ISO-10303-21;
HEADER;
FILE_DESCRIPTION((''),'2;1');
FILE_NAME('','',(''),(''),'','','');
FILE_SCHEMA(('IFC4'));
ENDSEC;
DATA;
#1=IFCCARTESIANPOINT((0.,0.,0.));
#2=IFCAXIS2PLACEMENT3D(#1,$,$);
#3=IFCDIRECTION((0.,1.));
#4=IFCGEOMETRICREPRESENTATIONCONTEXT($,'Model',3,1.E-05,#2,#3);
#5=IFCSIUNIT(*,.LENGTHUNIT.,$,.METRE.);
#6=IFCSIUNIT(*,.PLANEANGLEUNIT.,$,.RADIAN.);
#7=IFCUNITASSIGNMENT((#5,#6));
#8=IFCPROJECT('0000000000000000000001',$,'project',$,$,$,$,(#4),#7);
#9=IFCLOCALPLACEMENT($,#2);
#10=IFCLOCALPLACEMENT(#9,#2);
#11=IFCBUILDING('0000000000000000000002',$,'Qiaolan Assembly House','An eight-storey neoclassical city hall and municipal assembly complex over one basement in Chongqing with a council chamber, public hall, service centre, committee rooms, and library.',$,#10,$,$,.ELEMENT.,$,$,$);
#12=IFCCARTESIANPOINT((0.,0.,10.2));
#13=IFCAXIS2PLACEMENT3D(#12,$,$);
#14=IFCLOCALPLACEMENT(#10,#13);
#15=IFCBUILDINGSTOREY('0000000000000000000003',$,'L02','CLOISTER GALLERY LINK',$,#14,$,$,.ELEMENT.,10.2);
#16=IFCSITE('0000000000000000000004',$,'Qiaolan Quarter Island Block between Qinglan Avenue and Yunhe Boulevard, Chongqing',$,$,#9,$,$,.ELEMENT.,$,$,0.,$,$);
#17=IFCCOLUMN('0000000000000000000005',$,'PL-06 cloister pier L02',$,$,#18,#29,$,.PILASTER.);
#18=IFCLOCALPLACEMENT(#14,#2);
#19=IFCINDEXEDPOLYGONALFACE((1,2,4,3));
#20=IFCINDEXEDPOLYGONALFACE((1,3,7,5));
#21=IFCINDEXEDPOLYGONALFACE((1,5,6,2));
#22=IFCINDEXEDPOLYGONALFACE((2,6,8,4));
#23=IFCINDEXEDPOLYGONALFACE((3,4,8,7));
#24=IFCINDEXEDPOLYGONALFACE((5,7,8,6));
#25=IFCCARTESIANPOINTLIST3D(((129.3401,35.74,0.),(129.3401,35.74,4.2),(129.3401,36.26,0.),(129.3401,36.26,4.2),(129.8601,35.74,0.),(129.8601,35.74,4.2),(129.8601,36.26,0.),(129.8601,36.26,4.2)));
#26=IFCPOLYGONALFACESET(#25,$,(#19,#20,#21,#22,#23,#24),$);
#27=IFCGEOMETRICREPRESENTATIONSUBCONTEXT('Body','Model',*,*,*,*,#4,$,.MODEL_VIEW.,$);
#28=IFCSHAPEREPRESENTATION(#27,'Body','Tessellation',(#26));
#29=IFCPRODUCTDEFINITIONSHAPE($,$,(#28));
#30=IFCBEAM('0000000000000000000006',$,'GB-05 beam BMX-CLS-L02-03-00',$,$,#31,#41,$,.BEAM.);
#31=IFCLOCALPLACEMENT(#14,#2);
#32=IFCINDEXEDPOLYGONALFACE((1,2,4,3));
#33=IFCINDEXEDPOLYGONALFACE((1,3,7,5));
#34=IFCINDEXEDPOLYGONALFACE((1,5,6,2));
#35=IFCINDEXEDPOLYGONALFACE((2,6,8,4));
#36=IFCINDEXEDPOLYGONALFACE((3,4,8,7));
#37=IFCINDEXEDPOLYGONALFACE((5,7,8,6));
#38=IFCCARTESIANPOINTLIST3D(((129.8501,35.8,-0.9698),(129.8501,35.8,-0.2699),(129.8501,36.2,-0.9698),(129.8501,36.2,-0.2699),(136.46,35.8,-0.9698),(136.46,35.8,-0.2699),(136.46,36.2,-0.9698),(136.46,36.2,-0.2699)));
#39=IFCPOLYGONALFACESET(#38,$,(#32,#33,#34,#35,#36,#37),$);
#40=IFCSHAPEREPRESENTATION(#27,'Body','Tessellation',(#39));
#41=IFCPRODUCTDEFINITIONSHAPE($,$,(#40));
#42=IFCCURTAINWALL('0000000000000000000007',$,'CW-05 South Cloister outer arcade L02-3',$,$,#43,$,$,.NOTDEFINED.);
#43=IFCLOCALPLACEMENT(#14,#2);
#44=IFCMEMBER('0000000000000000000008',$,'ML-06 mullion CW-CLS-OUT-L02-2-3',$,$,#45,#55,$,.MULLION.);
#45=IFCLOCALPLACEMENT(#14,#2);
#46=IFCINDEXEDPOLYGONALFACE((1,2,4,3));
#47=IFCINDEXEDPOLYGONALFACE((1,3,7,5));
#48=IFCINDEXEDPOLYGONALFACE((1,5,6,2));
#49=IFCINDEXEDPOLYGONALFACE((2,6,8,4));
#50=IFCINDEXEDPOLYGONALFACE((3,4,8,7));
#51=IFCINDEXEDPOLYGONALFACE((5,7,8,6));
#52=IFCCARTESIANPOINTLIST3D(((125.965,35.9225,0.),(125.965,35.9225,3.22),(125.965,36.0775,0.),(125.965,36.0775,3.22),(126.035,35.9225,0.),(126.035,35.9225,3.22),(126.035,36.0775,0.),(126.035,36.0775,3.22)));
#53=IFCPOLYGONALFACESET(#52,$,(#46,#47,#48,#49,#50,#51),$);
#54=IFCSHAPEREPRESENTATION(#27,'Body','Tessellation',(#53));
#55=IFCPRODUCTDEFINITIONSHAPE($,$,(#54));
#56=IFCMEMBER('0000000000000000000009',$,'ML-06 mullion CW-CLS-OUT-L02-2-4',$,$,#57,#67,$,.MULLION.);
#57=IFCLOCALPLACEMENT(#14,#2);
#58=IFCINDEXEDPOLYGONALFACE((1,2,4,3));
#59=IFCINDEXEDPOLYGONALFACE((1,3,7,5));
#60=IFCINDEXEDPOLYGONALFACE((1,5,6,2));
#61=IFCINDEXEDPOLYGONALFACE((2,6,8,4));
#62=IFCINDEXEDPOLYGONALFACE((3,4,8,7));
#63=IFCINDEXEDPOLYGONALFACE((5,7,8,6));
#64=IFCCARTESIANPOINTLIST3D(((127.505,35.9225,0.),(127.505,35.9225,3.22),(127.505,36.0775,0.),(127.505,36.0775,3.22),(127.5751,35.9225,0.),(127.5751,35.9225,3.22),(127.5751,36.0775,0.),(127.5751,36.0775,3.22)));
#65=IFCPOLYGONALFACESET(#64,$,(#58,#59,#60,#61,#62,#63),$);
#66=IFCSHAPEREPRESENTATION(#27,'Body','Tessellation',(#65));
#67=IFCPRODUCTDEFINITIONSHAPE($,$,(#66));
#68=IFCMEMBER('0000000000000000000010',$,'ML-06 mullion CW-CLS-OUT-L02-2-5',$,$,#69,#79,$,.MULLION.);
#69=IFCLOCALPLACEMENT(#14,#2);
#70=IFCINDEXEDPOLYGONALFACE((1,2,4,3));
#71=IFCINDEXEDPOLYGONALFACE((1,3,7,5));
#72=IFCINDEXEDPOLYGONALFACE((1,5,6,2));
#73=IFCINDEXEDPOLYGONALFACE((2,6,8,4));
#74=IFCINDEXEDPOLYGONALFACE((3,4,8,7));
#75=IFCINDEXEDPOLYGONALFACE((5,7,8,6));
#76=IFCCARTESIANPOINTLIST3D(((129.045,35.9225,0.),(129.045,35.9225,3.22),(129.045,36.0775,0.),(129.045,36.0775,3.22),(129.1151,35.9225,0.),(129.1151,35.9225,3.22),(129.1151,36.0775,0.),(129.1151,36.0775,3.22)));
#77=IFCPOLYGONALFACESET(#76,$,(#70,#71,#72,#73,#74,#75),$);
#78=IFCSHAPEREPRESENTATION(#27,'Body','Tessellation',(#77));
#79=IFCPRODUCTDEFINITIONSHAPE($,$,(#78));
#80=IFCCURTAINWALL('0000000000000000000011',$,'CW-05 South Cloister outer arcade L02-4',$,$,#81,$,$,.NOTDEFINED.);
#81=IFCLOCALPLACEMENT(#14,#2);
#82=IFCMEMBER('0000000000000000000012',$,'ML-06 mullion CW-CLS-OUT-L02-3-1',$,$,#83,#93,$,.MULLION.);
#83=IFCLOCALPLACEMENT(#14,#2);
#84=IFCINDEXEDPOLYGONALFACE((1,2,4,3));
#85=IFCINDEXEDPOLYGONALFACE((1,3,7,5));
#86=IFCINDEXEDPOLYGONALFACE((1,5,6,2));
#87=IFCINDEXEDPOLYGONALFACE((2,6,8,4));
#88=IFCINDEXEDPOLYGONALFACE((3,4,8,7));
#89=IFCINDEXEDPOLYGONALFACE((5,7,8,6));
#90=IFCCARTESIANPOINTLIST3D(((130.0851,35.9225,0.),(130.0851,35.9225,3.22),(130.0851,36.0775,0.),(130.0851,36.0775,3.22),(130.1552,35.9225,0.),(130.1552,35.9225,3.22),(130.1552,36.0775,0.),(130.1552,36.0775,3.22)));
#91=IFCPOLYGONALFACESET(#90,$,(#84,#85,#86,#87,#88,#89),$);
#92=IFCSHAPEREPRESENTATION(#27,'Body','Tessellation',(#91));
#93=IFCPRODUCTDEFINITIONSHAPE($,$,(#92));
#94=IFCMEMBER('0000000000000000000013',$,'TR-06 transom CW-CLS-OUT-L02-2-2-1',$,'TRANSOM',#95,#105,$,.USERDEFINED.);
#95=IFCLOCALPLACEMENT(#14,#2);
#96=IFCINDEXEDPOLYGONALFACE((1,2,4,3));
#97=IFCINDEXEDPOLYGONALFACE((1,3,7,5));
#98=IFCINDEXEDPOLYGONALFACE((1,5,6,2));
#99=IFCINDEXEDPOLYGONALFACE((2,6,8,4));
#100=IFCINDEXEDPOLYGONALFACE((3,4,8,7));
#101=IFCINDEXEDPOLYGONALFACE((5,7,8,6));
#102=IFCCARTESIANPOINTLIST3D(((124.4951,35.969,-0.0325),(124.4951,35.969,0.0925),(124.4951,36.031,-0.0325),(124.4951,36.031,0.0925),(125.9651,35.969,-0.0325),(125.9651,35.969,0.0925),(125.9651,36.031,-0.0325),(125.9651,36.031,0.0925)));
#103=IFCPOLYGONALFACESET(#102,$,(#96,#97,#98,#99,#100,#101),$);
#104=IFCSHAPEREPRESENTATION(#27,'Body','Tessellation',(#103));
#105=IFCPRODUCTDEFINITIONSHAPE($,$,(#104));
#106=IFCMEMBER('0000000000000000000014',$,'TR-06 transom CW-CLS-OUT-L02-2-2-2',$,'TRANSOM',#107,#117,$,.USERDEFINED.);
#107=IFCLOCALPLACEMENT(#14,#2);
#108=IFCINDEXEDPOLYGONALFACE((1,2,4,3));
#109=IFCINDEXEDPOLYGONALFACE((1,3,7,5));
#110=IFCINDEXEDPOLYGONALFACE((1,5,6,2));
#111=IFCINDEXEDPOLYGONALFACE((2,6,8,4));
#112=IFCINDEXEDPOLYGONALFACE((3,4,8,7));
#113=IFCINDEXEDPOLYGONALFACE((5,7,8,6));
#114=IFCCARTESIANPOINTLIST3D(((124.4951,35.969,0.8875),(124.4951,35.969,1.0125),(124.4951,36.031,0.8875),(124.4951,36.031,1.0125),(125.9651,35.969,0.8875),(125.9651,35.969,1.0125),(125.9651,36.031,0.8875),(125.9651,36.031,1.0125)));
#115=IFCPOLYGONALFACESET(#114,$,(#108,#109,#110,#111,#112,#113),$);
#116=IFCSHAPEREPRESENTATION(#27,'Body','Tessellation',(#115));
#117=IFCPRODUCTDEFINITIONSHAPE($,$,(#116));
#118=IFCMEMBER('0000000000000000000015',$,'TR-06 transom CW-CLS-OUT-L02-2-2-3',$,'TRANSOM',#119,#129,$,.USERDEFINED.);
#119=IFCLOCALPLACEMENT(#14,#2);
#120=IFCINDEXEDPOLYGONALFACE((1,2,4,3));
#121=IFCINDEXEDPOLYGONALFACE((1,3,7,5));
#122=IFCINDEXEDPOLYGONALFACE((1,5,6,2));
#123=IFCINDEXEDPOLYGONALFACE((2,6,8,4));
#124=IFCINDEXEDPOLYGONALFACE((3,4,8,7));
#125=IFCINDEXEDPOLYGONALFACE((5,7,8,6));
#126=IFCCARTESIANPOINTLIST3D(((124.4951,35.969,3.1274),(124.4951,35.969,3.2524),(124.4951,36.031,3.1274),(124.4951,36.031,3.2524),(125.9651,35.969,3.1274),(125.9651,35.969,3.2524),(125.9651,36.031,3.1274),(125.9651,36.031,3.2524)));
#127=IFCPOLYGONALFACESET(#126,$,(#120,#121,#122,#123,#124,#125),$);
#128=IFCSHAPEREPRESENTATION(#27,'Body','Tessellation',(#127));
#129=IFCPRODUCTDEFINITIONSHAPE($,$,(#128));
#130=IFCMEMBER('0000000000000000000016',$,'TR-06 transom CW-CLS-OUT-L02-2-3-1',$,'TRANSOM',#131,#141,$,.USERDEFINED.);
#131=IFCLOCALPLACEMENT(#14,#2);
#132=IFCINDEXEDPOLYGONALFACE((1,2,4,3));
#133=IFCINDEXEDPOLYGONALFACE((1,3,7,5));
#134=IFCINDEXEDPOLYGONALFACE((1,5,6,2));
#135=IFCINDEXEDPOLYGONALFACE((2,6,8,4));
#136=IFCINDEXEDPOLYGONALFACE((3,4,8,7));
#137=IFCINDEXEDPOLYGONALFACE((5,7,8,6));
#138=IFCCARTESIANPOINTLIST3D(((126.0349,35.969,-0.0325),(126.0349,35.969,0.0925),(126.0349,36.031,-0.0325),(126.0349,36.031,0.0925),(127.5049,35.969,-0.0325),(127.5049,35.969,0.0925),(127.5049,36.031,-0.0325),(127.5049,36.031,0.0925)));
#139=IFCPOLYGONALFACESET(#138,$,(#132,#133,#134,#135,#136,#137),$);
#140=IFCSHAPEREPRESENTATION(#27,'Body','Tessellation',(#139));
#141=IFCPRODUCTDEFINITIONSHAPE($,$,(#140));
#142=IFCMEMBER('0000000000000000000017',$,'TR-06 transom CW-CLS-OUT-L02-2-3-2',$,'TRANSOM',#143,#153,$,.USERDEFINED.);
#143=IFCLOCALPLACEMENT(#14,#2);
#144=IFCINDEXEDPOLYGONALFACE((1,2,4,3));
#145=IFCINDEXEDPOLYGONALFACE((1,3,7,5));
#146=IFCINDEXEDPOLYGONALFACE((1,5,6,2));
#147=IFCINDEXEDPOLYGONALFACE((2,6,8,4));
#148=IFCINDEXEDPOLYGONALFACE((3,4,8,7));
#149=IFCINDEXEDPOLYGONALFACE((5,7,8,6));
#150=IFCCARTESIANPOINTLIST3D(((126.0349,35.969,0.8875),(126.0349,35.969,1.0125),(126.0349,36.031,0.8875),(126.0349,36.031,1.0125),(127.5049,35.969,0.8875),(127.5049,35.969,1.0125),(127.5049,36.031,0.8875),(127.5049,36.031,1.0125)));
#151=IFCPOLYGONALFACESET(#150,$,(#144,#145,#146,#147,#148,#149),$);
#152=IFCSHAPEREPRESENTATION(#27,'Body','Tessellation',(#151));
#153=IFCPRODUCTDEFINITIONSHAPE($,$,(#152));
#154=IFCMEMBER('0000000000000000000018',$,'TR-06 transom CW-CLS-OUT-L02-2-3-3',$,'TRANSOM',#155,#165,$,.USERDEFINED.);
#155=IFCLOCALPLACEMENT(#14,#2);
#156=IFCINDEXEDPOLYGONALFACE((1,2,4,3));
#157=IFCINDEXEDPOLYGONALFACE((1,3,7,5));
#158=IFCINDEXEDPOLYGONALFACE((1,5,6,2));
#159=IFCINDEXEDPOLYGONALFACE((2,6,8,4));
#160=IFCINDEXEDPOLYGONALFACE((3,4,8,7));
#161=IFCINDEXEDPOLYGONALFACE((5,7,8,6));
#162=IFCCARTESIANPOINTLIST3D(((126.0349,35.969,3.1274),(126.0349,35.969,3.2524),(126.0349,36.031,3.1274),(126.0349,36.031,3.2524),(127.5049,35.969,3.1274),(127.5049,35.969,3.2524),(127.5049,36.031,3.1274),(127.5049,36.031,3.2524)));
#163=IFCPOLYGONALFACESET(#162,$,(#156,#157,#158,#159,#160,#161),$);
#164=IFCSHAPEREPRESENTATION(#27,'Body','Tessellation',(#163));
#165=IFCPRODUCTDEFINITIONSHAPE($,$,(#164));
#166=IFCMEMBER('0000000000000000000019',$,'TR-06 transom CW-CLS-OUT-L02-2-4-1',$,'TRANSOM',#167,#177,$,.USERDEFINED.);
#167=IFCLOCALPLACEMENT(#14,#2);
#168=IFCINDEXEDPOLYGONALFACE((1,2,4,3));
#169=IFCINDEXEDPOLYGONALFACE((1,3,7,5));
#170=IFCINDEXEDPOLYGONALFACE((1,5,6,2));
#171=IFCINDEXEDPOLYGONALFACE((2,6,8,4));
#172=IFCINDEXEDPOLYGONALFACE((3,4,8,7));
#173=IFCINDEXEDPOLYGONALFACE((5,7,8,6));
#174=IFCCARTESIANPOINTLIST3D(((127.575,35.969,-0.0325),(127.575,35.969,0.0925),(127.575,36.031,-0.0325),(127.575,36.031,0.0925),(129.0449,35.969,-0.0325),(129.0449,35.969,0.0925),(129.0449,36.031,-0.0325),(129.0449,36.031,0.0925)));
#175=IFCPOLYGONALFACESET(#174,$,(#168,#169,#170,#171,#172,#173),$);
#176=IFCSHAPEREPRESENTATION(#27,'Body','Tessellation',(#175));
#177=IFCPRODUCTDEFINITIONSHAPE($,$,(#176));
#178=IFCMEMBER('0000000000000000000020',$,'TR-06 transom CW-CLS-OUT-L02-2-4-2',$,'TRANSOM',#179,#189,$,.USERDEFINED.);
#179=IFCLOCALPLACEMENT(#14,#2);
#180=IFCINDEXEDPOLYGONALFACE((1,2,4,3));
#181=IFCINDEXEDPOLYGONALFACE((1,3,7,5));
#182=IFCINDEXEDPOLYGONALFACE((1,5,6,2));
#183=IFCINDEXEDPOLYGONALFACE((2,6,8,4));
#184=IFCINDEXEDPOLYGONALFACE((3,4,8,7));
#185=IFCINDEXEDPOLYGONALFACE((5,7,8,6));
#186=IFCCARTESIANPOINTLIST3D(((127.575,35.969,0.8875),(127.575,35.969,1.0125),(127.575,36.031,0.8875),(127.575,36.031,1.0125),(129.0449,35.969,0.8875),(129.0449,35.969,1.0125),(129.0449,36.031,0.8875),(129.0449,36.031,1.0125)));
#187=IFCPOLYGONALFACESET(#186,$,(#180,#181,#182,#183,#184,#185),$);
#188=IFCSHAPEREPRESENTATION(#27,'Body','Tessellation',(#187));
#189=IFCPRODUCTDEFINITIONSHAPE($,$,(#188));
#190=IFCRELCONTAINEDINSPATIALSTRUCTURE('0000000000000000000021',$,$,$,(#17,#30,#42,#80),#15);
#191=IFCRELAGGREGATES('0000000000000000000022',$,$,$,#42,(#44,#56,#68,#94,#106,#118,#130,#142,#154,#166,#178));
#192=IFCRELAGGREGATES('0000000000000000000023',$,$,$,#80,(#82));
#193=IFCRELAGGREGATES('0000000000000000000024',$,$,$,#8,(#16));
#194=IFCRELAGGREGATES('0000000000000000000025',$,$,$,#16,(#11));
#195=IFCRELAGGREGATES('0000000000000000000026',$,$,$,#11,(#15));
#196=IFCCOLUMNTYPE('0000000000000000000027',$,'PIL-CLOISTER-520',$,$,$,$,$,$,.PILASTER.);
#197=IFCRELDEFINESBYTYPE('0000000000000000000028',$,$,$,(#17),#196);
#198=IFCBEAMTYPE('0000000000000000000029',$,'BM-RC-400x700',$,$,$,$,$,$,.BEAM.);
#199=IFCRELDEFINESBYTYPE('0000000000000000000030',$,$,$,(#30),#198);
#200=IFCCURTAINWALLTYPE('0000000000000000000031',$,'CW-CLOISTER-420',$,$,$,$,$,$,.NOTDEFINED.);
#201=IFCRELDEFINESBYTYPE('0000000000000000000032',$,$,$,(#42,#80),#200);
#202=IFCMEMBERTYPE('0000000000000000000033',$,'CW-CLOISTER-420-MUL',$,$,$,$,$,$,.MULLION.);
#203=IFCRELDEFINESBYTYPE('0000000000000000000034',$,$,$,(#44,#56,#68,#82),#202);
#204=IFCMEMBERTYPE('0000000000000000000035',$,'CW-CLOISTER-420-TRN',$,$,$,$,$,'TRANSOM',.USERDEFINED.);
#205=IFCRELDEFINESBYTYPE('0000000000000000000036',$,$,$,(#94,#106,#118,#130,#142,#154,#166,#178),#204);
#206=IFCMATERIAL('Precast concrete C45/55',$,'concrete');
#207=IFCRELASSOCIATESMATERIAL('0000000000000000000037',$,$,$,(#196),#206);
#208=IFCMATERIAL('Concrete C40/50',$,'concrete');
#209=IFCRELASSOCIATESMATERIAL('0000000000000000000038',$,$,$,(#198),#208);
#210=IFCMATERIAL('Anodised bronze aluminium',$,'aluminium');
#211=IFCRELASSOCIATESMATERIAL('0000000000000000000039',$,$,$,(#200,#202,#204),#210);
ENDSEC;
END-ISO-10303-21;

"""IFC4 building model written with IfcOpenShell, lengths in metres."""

from ifc_helpers import new_model, si_unit, direction, frame, origin, origin_2d, place, context, subcontext, project, spatial, rectangle, extrude, material, material_profile, profile_set, type_object, element, aggregate, save


model = new_model("IFC4")

# Units and contexts
model_context = context("Model", 3, precision=1e-05, world=origin(), true_north=direction((0.0, 1.0)))
body_context = subcontext(model_context, "Body", "Model", "MODEL_VIEW")
ifc_project = project(units=[si_unit("LENGTHUNIT", "METRE"), si_unit("PLANEANGLEUNIT", "RADIAN")], contexts=[model_context])

# Site, building, storey
site_placement = place(None, origin())
site = spatial("IfcSite", under=ifc_project, at=site_placement, Name="Qiaolan Quarter Island Block between Qinglan Avenue and Yunhe Boulevard, Chongqing", CompositionType="ELEMENT", RefElevation=0.0)
building_placement = place(site_placement, origin())
building = spatial("IfcBuilding", under=site, at=building_placement, Name="Qiaolan Assembly House", Description="An eight-storey neoclassical city hall and municipal assembly complex over one basement in Chongqing with a council chamber, public hall, service centre, committee rooms, and library.", CompositionType="ELEMENT")
storey_placement = place(building_placement, frame((0.0, 0.0, 10.2)))
storey = spatial("IfcBuildingStorey", under=building, at=storey_placement, Name="L02", Description="CLOISTER GALLERY LINK", CompositionType="ELEMENT", Elevation=10.2)

# Column
ifc_material_1 = material(Name="Precast concrete C45/55", Category="concrete")
ifc_material_profile_1 = material_profile(ifc_material_1, rectangle(XDim=0.52, YDim=0.52, at=origin_2d()), Name="PIL 520x520")
ifc_profile_set_1 = profile_set([ifc_material_profile_1], Name="Precast concrete C45/55")
column_type = type_object("IfcColumnType", Name="PIL-CLOISTER-520", PredefinedType="PILASTER", material=ifc_profile_set_1)
column_placement = place(storey_placement, frame((129.6001, 36.0, 0.0), z_axis=(0.0, 0.0, 1.0), x_axis=(1.0, 0.0, 0.0)))
element("IfcColumn", 1, at=column_placement, inside=storey, type_object=column_type, Name="PL-06 cloister pier L02", PredefinedType="PILASTER", context=body_context, shape_type="SweptSolid", body=[
    extrude(rectangle(XDim=0.52, YDim=0.52, at=origin_2d()), origin(), (0.0, 0.0, 1.0), 4.2),
])

# Beam
ifc_material_2 = material(Name="Concrete C40/50", Category="concrete")
ifc_material_profile_2 = material_profile(ifc_material_2, rectangle(XDim=0.3999, YDim=0.7, at=origin_2d()), Name="RCB 400x700")
ifc_profile_set_2 = profile_set([ifc_material_profile_2], Name="Concrete C40/50")
beam_type_1 = type_object("IfcBeamType", Name="BM-RC-400x700", PredefinedType="BEAM", material=ifc_profile_set_2)
beam_placement = place(storey_placement, frame((129.8501, 36.0, -0.6199), z_axis=(1.0, 0.0, 0.0), x_axis=(0.0, 1.0, 0.0)))
element("IfcBeam", 2, at=beam_placement, inside=storey, type_object=beam_type_1, Name="GB-05 beam BMX-CLS-L02-03-00", PredefinedType="BEAM", context=body_context, shape_type="SweptSolid", body=[
    extrude(rectangle(XDim=0.3999, YDim=0.7, at=origin_2d()), origin(), (0.0, 0.0, 1.0), 6.6099),
])

# Curtain wall, members
ifc_material_3 = material(Name="Anodised bronze aluminium", Category="aluminium")
curtain_wall_type = type_object("IfcCurtainWallType", Name="CW-CLOISTER-420", PredefinedType="NOTDEFINED", material=ifc_material_3)
curtain_wall_1_placement = place(storey_placement, origin())
curtain_wall_1 = element("IfcCurtainWall", 3, at=curtain_wall_1_placement, inside=storey, type_object=curtain_wall_type, Name="CW-05 South Cloister outer arcade L02-3", PredefinedType="NOTDEFINED")
ifc_material_profile_3 = material_profile(ifc_material_3, rectangle(XDim=0.0701, YDim=0.155, at=origin_2d()), Name="MUL 70x155")
ifc_profile_set_3 = profile_set([ifc_material_profile_3], Name="Anodised bronze aluminium")
member_type_1 = type_object("IfcMemberType", Name="CW-CLOISTER-420-MUL", PredefinedType="MULLION", material=ifc_profile_set_3)
member_1_placement = place(storey_placement, frame((126.0, 36.0, 0.0), z_axis=(0.0, 0.0, 1.0), x_axis=(1.0, 0.0, 0.0)))
member_1 = element("IfcMember", 4, at=member_1_placement, type_object=member_type_1, Name="ML-06 mullion CW-CLS-OUT-L02-2-3", PredefinedType="MULLION", context=body_context, shape_type="SweptSolid", body=[
    extrude(rectangle(XDim=0.0701, YDim=0.155, at=origin_2d()), origin(), (0.0, 0.0, 1.0), 3.22),
])
member_2_placement = place(storey_placement, frame((127.54, 36.0, 0.0), z_axis=(0.0, 0.0, 1.0), x_axis=(1.0, 0.0, 0.0)))
member_2 = element("IfcMember", 5, at=member_2_placement, type_object=member_type_1, Name="ML-06 mullion CW-CLS-OUT-L02-2-4", PredefinedType="MULLION", context=body_context, shape_type="SweptSolid", body=[
    extrude(rectangle(XDim=0.0701, YDim=0.155, at=origin_2d()), origin(), (0.0, 0.0, 1.0), 3.22),
])
member_3_placement = place(storey_placement, frame((129.0801, 36.0, 0.0), z_axis=(0.0, 0.0, 1.0), x_axis=(1.0, 0.0, 0.0)))
member_3 = element("IfcMember", 6, at=member_3_placement, type_object=member_type_1, Name="ML-06 mullion CW-CLS-OUT-L02-2-5", PredefinedType="MULLION", context=body_context, shape_type="SweptSolid", body=[
    extrude(rectangle(XDim=0.0701, YDim=0.155, at=origin_2d()), origin(), (0.0, 0.0, 1.0), 3.22),
])

# Curtain wall, member
curtain_wall_2_placement = place(storey_placement, origin())
curtain_wall_2 = element("IfcCurtainWall", 7, at=curtain_wall_2_placement, inside=storey, type_object=curtain_wall_type, Name="CW-05 South Cloister outer arcade L02-4", PredefinedType="NOTDEFINED")
member_4_placement = place(storey_placement, frame((130.1201, 36.0, 0.0), z_axis=(0.0, 0.0, 1.0), x_axis=(1.0, 0.0, 0.0)))
member_4 = element("IfcMember", 8, at=member_4_placement, type_object=member_type_1, Name="ML-06 mullion CW-CLS-OUT-L02-3-1", PredefinedType="MULLION", context=body_context, shape_type="SweptSolid", body=[
    extrude(rectangle(XDim=0.0701, YDim=0.155, at=origin_2d()), origin(), (0.0, 0.0, 1.0), 3.22),
])

# Members
ifc_material_profile_4 = material_profile(ifc_material_3, rectangle(XDim=0.062, YDim=0.125, at=origin_2d()), Name="TRN 62x125")
ifc_profile_set_4 = profile_set([ifc_material_profile_4], Name="Anodised bronze aluminium")
member_type_2 = type_object("IfcMemberType", Name="CW-CLOISTER-420-TRN", ElementType="TRANSOM", PredefinedType="USERDEFINED", material=ifc_profile_set_4)
member_5_placement = place(storey_placement, frame((124.4951, 36.0, 0.03), z_axis=(1.0, 0.0, 0.0), x_axis=(0.0, 1.0, 0.0)))
member_5 = element("IfcMember", 9, at=member_5_placement, type_object=member_type_2, Name="TR-06 transom CW-CLS-OUT-L02-2-2-1", ObjectType="TRANSOM", PredefinedType="USERDEFINED", context=body_context, shape_type="SweptSolid", body=[
    extrude(rectangle(XDim=0.062, YDim=0.125, at=origin_2d()), origin(), (0.0, 0.0, 1.0), 1.47),
])
member_6_placement = place(storey_placement, frame((124.4951, 36.0, 0.95), z_axis=(1.0, 0.0, 0.0), x_axis=(0.0, 1.0, 0.0)))
member_6 = element("IfcMember", 10, at=member_6_placement, type_object=member_type_2, Name="TR-06 transom CW-CLS-OUT-L02-2-2-2", ObjectType="TRANSOM", PredefinedType="USERDEFINED", context=body_context, shape_type="SweptSolid", body=[
    extrude(rectangle(XDim=0.062, YDim=0.125, at=origin_2d()), origin(), (0.0, 0.0, 1.0), 1.47),
])
member_7_placement = place(storey_placement, frame((124.4951, 36.0, 3.1899), z_axis=(1.0, 0.0, 0.0), x_axis=(0.0, 1.0, 0.0)))
member_7 = element("IfcMember", 11, at=member_7_placement, type_object=member_type_2, Name="TR-06 transom CW-CLS-OUT-L02-2-2-3", ObjectType="TRANSOM", PredefinedType="USERDEFINED", context=body_context, shape_type="SweptSolid", body=[
    extrude(rectangle(XDim=0.062, YDim=0.125, at=origin_2d()), origin(), (0.0, 0.0, 1.0), 1.47),
])
member_8_placement = place(storey_placement, frame((126.0349, 36.0, 0.03), z_axis=(1.0, 0.0, 0.0), x_axis=(0.0, 1.0, 0.0)))
member_8 = element("IfcMember", 12, at=member_8_placement, type_object=member_type_2, Name="TR-06 transom CW-CLS-OUT-L02-2-3-1", ObjectType="TRANSOM", PredefinedType="USERDEFINED", context=body_context, shape_type="SweptSolid", body=[
    extrude(rectangle(XDim=0.062, YDim=0.125, at=origin_2d()), origin(), (0.0, 0.0, 1.0), 1.47),
])
member_9_placement = place(storey_placement, frame((126.0349, 36.0, 0.95), z_axis=(1.0, 0.0, 0.0), x_axis=(0.0, 1.0, 0.0)))
member_9 = element("IfcMember", 13, at=member_9_placement, type_object=member_type_2, Name="TR-06 transom CW-CLS-OUT-L02-2-3-2", ObjectType="TRANSOM", PredefinedType="USERDEFINED", context=body_context, shape_type="SweptSolid", body=[
    extrude(rectangle(XDim=0.062, YDim=0.125, at=origin_2d()), origin(), (0.0, 0.0, 1.0), 1.47),
])
member_10_placement = place(storey_placement, frame((126.0349, 36.0, 3.1899), z_axis=(1.0, 0.0, 0.0), x_axis=(0.0, 1.0, 0.0)))
member_10 = element("IfcMember", 14, at=member_10_placement, type_object=member_type_2, Name="TR-06 transom CW-CLS-OUT-L02-2-3-3", ObjectType="TRANSOM", PredefinedType="USERDEFINED", context=body_context, shape_type="SweptSolid", body=[
    extrude(rectangle(XDim=0.062, YDim=0.125, at=origin_2d()), origin(), (0.0, 0.0, 1.0), 1.47),
])
member_11_placement = place(storey_placement, frame((127.575, 36.0, 0.03), z_axis=(1.0, 0.0, 0.0), x_axis=(0.0, 1.0, 0.0)))
member_11 = element("IfcMember", 15, at=member_11_placement, type_object=member_type_2, Name="TR-06 transom CW-CLS-OUT-L02-2-4-1", ObjectType="TRANSOM", PredefinedType="USERDEFINED", context=body_context, shape_type="SweptSolid", body=[
    extrude(rectangle(XDim=0.062, YDim=0.125, at=origin_2d()), origin(), (0.0, 0.0, 1.0), 1.47),
])
member_12_placement = place(storey_placement, frame((127.575, 36.0, 0.95), z_axis=(1.0, 0.0, 0.0), x_axis=(0.0, 1.0, 0.0)))
member_12 = element("IfcMember", 16, at=member_12_placement, type_object=member_type_2, Name="TR-06 transom CW-CLS-OUT-L02-2-4-2", ObjectType="TRANSOM", PredefinedType="USERDEFINED", context=body_context, shape_type="SweptSolid", body=[
    extrude(rectangle(XDim=0.062, YDim=0.125, at=origin_2d()), origin(), (0.0, 0.0, 1.0), 1.47),
])

aggregate(curtain_wall_1, [member_1, member_2, member_3, member_5, member_6, member_7, member_8, member_9, member_10, member_11, member_12])
aggregate(curtain_wall_2, [member_4])

save(model, "model.ifc")
